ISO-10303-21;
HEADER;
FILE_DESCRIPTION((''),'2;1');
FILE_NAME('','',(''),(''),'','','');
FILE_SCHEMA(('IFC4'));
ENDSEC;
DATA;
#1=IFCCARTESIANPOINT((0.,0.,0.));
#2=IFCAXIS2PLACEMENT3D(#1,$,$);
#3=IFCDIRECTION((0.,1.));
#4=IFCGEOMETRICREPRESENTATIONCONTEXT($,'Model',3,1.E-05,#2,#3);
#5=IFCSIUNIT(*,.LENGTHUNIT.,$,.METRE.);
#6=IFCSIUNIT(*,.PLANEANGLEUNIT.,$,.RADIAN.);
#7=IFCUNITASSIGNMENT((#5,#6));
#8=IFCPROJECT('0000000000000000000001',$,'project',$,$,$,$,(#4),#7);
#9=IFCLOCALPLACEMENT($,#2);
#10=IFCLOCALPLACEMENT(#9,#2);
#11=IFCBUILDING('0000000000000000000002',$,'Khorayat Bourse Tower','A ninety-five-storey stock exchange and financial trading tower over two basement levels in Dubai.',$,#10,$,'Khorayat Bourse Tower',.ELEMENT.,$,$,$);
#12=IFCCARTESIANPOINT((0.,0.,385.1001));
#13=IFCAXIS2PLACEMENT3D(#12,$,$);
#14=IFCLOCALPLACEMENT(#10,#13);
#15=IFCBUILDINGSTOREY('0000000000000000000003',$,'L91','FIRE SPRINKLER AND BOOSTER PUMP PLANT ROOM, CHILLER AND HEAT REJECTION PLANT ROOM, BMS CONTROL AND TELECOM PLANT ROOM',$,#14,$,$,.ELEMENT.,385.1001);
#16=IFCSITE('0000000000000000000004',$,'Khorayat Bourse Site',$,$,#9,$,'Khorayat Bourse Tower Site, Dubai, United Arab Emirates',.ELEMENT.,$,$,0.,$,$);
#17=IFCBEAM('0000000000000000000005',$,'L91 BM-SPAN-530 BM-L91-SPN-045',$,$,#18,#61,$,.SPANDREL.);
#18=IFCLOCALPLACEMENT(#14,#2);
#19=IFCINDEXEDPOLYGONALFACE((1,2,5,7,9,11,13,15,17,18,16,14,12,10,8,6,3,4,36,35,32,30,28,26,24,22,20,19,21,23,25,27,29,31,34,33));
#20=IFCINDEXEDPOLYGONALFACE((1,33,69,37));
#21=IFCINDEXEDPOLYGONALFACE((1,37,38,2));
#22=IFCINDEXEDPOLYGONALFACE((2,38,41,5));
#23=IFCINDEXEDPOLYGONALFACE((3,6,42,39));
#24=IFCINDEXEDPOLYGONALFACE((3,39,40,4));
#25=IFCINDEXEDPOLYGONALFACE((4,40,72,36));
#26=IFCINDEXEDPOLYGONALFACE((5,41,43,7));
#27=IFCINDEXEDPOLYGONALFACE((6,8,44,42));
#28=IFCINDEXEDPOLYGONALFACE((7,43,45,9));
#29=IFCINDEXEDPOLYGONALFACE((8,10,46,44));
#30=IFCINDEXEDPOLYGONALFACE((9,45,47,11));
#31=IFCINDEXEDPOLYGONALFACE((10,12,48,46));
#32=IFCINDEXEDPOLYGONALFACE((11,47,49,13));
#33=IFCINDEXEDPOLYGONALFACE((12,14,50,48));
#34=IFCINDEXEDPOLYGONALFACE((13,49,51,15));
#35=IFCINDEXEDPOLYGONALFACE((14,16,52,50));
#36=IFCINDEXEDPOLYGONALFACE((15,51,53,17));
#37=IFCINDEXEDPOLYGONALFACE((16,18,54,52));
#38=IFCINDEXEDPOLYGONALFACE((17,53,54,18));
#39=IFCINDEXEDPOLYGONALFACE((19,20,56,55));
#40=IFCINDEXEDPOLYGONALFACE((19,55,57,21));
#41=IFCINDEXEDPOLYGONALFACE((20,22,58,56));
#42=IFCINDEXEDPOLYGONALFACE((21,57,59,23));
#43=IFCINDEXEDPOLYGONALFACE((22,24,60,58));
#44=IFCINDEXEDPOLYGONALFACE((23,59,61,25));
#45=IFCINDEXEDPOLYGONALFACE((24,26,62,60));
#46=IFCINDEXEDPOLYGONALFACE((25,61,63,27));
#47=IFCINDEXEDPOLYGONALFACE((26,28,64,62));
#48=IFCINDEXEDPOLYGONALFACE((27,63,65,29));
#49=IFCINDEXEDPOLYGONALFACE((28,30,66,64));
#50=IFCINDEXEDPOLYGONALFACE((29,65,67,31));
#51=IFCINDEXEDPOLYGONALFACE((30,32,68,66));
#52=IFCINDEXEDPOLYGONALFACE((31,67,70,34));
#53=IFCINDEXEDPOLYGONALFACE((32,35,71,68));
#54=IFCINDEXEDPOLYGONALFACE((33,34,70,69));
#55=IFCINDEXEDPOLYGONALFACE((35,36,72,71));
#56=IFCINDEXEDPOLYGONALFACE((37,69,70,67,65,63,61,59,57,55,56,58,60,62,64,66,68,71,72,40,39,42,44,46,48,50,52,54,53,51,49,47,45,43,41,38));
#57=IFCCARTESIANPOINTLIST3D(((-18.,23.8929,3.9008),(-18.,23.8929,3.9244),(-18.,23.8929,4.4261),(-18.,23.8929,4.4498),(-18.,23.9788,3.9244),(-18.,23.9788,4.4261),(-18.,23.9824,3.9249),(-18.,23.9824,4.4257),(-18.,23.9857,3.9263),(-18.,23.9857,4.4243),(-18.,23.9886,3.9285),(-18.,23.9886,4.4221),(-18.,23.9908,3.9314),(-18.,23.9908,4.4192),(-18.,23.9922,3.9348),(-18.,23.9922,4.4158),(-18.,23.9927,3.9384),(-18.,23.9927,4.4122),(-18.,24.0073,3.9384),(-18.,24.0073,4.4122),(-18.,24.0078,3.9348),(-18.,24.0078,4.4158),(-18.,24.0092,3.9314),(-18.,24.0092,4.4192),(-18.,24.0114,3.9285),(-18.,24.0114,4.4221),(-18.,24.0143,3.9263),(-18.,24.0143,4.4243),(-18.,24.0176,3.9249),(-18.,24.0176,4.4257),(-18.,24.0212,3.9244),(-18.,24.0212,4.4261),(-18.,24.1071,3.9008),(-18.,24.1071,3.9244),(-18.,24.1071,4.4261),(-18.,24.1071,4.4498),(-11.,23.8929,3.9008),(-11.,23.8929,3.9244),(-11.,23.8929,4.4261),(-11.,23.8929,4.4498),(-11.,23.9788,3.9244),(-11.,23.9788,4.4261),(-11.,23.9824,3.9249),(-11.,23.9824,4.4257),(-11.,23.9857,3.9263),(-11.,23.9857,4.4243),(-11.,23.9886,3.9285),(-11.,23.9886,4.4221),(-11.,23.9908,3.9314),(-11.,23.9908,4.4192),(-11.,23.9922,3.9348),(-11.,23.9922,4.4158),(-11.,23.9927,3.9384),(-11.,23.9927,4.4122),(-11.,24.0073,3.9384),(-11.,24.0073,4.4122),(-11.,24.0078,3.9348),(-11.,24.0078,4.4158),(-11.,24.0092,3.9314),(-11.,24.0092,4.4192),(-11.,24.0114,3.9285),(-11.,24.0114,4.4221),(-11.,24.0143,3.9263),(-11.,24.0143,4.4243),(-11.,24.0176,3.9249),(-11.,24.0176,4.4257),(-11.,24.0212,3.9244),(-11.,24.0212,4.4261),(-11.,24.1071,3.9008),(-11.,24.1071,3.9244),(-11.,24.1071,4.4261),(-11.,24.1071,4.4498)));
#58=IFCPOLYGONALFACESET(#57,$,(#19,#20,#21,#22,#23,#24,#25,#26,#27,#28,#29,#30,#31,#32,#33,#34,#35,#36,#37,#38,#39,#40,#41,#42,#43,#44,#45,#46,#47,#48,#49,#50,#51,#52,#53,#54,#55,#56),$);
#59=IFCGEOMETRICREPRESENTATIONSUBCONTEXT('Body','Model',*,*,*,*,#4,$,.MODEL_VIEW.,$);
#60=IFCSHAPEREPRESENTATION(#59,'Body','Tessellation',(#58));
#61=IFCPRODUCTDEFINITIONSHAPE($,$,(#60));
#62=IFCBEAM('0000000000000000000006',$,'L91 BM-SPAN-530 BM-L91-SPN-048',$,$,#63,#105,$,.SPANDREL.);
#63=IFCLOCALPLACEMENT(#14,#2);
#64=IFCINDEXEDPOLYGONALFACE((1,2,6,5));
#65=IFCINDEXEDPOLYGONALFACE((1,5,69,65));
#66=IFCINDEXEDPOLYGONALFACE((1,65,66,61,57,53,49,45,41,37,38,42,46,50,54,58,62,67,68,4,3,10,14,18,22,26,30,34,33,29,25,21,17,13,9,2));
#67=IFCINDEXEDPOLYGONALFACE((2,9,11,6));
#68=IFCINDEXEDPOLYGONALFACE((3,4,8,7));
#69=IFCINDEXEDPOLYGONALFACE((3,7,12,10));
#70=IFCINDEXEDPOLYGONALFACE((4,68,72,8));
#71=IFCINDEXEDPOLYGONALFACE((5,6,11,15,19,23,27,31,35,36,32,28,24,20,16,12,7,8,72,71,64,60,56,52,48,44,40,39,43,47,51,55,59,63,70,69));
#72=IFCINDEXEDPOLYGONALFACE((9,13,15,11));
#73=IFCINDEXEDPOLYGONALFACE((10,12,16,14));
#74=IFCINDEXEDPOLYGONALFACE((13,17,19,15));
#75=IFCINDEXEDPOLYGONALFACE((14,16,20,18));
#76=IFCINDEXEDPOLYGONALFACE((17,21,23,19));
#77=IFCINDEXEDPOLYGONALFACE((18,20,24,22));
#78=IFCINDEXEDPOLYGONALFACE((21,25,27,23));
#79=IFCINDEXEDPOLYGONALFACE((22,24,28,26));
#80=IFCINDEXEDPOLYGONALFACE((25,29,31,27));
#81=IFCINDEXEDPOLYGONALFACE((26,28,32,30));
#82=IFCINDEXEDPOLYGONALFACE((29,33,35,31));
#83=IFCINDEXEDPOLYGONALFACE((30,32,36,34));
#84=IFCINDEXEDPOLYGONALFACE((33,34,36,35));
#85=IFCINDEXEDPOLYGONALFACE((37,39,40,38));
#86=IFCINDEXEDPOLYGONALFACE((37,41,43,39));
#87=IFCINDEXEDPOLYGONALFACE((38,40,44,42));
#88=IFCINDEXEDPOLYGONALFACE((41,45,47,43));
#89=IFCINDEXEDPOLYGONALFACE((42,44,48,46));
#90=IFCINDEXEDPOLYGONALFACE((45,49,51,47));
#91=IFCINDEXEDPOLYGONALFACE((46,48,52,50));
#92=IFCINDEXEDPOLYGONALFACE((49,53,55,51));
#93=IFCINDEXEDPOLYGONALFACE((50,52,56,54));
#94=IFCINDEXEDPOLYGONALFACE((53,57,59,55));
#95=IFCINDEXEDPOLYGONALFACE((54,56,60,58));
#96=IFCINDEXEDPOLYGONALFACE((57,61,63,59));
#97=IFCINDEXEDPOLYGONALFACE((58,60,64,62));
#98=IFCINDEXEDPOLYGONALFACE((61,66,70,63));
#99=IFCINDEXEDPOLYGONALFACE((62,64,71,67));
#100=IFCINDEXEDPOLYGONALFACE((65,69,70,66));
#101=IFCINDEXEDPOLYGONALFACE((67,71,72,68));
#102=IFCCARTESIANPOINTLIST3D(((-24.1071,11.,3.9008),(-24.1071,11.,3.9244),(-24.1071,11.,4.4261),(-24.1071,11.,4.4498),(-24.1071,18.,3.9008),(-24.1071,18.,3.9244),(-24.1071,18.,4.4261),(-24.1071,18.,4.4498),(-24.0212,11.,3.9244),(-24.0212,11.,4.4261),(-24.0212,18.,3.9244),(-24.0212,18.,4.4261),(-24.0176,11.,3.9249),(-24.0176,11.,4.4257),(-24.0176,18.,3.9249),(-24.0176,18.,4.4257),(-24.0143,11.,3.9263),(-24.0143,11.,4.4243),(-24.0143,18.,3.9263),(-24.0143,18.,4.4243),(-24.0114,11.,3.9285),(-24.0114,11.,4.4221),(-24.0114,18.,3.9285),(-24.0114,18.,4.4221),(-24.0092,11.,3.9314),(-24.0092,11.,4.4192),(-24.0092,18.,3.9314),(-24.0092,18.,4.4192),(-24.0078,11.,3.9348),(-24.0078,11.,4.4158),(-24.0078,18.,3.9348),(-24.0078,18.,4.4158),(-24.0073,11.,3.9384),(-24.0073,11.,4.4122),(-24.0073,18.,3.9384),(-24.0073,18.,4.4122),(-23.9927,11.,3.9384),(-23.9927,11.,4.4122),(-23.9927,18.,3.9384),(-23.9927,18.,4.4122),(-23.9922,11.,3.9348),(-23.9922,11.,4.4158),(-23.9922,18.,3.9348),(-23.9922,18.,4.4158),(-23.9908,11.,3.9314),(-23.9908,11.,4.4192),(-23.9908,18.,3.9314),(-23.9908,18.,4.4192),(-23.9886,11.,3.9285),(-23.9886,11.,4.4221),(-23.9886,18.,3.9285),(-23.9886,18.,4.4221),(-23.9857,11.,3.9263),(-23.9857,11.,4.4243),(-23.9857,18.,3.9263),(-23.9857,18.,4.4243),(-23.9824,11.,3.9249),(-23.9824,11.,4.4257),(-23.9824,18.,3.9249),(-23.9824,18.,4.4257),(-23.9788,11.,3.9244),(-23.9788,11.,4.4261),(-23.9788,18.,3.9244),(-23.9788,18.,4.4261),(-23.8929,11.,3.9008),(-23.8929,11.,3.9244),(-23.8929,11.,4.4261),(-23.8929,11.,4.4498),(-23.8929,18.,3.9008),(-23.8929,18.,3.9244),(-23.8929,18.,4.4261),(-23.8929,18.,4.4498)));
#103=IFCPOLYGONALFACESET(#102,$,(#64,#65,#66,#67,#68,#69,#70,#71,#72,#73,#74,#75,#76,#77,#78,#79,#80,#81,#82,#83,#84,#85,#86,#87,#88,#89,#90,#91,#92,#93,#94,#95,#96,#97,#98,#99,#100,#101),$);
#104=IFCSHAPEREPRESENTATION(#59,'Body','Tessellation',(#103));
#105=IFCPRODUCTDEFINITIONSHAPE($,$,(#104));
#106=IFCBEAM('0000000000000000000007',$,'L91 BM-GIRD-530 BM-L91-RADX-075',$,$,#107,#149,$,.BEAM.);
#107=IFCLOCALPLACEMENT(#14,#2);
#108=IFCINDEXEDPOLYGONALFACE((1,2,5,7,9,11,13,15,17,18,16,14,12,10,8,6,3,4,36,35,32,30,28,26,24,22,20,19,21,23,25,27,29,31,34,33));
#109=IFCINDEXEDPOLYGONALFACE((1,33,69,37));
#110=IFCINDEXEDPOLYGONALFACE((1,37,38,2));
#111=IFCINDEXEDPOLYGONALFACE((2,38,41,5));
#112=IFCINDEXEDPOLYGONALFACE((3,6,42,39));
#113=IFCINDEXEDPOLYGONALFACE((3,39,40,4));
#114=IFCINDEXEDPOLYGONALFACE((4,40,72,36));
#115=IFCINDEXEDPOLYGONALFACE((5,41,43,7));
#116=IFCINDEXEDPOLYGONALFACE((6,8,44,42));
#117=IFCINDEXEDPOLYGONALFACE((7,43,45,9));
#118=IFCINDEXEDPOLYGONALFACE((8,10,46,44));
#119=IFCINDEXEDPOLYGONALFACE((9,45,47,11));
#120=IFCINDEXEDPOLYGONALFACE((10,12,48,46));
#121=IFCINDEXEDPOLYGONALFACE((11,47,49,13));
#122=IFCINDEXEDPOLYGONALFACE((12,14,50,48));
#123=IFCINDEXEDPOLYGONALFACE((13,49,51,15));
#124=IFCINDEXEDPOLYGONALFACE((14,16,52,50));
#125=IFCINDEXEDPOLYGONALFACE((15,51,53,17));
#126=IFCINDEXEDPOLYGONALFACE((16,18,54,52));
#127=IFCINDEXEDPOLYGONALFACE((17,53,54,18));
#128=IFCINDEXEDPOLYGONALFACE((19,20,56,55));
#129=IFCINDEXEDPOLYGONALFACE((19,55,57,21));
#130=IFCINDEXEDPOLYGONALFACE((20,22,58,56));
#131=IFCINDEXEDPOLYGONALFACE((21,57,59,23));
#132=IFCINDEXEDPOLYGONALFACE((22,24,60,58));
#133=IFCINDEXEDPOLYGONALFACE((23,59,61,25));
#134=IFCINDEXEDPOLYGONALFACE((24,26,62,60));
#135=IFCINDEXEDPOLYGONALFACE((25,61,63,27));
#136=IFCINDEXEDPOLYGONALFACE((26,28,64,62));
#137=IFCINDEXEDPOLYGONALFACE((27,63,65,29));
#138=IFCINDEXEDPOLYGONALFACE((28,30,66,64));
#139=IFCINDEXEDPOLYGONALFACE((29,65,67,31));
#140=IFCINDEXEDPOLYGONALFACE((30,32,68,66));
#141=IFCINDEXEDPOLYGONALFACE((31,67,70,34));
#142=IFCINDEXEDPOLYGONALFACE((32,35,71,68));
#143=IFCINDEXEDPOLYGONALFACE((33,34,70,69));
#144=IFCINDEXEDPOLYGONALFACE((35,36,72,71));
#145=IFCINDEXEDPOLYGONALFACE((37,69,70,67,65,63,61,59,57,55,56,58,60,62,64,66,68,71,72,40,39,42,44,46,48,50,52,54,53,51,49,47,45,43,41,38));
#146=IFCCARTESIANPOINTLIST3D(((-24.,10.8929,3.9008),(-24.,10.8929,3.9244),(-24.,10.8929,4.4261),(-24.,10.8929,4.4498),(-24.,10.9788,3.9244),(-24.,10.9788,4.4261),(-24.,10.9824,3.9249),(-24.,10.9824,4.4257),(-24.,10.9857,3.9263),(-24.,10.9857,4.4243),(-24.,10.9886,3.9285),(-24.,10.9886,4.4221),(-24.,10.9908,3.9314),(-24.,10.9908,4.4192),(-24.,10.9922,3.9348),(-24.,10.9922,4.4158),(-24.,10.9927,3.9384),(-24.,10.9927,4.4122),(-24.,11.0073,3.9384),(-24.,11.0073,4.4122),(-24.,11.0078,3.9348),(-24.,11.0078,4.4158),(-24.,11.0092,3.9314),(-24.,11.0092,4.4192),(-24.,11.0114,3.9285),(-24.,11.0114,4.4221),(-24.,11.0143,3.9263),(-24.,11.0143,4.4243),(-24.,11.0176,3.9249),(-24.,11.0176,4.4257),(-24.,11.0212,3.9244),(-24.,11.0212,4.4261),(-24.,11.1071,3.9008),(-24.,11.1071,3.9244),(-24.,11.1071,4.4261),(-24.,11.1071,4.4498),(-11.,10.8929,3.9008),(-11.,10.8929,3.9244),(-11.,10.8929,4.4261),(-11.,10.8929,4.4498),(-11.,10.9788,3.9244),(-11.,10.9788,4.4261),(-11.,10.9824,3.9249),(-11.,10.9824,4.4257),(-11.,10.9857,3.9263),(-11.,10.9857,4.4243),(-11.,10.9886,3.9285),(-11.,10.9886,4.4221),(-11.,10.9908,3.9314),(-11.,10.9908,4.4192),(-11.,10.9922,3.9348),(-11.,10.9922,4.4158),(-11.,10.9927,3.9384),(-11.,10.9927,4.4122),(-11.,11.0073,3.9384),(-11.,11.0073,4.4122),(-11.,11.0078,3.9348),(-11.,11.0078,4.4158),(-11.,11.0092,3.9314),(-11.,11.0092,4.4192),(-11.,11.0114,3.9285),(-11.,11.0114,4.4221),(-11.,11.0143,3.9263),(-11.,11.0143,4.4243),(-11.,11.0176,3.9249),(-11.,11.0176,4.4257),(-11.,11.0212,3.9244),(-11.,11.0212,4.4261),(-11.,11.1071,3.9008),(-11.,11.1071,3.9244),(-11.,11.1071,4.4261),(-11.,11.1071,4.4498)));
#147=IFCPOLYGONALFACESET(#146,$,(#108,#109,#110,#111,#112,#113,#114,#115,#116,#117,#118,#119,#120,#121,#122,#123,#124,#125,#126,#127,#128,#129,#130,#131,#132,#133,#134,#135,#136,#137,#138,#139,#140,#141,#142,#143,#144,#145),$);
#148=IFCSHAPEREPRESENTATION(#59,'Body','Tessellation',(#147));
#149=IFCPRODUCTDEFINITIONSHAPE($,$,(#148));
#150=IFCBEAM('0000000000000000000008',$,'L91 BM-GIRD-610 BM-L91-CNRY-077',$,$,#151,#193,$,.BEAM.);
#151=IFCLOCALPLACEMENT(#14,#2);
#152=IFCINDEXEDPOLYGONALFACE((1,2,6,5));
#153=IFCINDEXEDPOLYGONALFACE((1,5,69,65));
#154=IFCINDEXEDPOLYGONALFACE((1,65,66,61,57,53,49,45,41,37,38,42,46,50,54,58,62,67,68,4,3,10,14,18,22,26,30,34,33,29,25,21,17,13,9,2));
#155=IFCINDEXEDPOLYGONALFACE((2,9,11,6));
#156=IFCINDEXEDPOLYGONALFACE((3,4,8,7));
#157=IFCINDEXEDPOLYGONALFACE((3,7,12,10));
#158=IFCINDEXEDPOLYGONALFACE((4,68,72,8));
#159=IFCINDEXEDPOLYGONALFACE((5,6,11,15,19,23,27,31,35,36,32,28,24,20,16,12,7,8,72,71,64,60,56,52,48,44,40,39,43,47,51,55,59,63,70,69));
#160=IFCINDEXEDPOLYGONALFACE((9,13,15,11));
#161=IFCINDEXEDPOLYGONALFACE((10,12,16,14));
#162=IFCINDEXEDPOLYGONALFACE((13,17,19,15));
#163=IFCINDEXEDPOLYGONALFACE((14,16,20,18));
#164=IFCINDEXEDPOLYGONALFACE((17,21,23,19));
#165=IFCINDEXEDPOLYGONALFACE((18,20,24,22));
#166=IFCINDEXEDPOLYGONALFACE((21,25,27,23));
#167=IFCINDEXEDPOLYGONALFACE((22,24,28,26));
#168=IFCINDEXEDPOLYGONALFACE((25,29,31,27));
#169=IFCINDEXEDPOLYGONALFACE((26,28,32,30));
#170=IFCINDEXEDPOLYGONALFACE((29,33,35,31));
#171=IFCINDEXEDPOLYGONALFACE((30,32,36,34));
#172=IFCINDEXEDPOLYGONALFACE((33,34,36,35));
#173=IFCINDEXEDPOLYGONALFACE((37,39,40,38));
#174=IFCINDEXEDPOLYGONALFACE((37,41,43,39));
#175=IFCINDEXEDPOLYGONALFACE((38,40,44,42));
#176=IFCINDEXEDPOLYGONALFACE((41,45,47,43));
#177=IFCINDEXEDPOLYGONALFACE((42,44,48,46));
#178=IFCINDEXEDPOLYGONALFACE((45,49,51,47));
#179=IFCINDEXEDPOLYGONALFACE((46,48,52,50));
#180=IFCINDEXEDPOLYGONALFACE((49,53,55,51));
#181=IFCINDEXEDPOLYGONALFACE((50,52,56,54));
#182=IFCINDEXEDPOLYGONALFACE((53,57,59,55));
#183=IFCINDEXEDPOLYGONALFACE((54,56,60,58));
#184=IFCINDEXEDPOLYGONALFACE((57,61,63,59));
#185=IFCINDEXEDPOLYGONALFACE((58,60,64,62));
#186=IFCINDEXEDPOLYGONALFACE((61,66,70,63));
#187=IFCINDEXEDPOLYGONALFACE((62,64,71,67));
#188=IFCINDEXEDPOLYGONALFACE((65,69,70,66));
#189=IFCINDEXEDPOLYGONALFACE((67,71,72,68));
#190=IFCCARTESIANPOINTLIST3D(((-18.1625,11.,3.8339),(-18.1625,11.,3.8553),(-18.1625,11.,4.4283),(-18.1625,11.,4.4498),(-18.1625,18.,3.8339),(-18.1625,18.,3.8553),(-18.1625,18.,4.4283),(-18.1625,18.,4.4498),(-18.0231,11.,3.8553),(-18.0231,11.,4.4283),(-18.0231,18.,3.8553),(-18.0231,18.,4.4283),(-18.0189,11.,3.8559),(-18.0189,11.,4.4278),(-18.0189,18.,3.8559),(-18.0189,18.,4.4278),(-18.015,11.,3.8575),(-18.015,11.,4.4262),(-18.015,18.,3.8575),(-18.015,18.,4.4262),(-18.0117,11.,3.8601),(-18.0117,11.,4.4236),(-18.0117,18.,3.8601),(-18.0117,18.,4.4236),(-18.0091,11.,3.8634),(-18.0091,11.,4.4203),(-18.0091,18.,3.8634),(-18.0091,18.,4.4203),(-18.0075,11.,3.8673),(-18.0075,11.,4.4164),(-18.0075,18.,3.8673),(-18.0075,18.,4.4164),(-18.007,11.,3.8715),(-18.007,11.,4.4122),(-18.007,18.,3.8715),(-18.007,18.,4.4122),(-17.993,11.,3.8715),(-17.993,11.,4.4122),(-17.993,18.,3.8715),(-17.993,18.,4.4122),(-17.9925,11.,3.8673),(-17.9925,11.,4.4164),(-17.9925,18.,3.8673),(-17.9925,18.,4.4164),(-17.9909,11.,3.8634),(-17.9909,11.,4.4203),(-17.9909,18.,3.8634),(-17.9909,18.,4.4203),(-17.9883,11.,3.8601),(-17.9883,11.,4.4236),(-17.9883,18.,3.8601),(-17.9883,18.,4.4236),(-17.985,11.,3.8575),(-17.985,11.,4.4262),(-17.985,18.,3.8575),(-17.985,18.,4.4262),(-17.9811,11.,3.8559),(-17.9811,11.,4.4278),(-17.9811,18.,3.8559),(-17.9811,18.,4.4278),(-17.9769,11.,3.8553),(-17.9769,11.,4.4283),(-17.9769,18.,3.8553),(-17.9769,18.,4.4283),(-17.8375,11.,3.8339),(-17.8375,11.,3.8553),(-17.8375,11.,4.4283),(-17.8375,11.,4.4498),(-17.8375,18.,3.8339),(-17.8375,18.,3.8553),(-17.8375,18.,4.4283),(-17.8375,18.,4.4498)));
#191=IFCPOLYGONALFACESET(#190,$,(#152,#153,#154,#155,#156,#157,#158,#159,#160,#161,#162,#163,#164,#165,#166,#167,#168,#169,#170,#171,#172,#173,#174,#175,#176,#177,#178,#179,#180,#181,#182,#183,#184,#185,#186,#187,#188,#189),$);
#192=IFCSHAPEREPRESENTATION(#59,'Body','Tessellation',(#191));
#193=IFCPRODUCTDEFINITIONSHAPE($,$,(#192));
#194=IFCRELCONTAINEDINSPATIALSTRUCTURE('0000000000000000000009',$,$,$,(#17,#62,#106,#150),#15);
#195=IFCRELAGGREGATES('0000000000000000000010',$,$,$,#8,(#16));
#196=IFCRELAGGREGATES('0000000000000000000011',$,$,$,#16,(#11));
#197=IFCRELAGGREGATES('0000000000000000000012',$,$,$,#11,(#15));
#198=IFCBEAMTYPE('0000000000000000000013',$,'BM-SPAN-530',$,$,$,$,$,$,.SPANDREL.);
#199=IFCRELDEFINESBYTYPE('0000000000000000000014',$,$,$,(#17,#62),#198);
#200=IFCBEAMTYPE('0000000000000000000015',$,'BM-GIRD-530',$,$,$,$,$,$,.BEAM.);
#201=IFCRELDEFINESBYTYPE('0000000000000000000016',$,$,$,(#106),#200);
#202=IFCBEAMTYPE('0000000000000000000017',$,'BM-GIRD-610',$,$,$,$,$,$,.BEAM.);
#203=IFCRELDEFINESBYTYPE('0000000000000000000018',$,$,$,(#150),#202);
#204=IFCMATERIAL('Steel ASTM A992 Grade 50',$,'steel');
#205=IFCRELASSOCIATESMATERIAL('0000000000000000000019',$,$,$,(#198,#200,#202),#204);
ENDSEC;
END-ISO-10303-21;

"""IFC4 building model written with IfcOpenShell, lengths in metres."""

from ifc_helpers import new_model, si_unit, direction, frame, origin, origin_2d, place, context, subcontext, project, spatial, i_section, extrude, source, transform, mapped, material, material_profile, profile_set, type_object, element, save


model = new_model("IFC4")

# Units and contexts
model_context = context("Model", 3, precision=1e-05, world=origin(), true_north=direction((0.0, 1.0)))
body_context = subcontext(model_context, "Body", "Model", "MODEL_VIEW")
ifc_project = project(units=[si_unit("LENGTHUNIT", "METRE"), si_unit("PLANEANGLEUNIT", "RADIAN")], contexts=[model_context])

# Site, building, storey
site_placement = place(None, origin())
site = spatial("IfcSite", under=ifc_project, at=site_placement, Name="Khorayat Bourse Site", LongName="Khorayat Bourse Tower Site, Dubai, United Arab Emirates", CompositionType="ELEMENT", RefElevation=0.0)
building_placement = place(site_placement, origin())
building = spatial("IfcBuilding", under=site, at=building_placement, Name="Khorayat Bourse Tower", Description="A ninety-five-storey stock exchange and financial trading tower over two basement levels in Dubai.", LongName="Khorayat Bourse Tower", CompositionType="ELEMENT")
storey_placement = place(building_placement, frame((0.0, 0.0, 385.1001)))
storey = spatial("IfcBuildingStorey", under=building, at=storey_placement, Name="L91", Description="FIRE SPRINKLER AND BOOSTER PUMP PLANT ROOM, CHILLER AND HEAT REJECTION PLANT ROOM, BMS CONTROL AND TELECOM PLANT ROOM", CompositionType="ELEMENT", Elevation=385.1001)

# Beams
ifc_material_1 = material(Name="Steel ASTM A992 Grade 50", Category="steel")
ifc_material_profile_1 = material_profile(ifc_material_1, i_section(OverallWidth=0.2141, OverallDepth=0.5491, WebThickness=0.0146, FlangeThickness=0.0237, FilletRadius=0.0139, at=origin_2d()), Name="W530X138")
ifc_profile_set_1 = profile_set([ifc_material_profile_1], Name="Steel ASTM A992 Grade 50")
beam_type_1 = type_object("IfcBeamType", Name="BM-SPAN-530", PredefinedType="SPANDREL", material=ifc_profile_set_1)
shared_shape_1 = source(origin(), body_context, "Body", "SweptSolid", [
    extrude(i_section(OverallWidth=0.2141, OverallDepth=0.5491, WebThickness=0.0146, FlangeThickness=0.0237, FilletRadius=0.0139, at=origin_2d()), origin(), (0.0, 0.0, 1.0), 7.0),
])
for number, where, z_axis, x_axis, name in (
    (1, (-18.0, 24.0, 4.1753), (1.0, 0.0, 0.0), (0.0, 1.0, 0.0), "L91 BM-SPAN-530 BM-L91-SPN-045"),
    (2, (-24.0, 11.0, 4.1753), (0.0, 1.0, 0.0), (-1.0, 0.0, 0.0), "L91 BM-SPAN-530 BM-L91-SPN-048"),
):
    element("IfcBeam", number, at=place(storey_placement, frame(where, z_axis=z_axis, x_axis=x_axis)), inside=storey, type_object=beam_type_1, Name=name, PredefinedType="SPANDREL", context=body_context, shape_type="MappedRepresentation", body=[
        mapped(shared_shape_1, transform((0.0, 0.0, 0.0), scale=1.0)),
    ])
ifc_material_profile_2 = material_profile(ifc_material_1, i_section(OverallWidth=0.2141, OverallDepth=0.5491, WebThickness=0.0146, FlangeThickness=0.0237, FilletRadius=0.0139, at=origin_2d()), Name="W530X138")
ifc_profile_set_2 = profile_set([ifc_material_profile_2], Name="Steel ASTM A992 Grade 50")
beam_type_2 = type_object("IfcBeamType", Name="BM-GIRD-530", PredefinedType="BEAM", material=ifc_profile_set_2)
shared_shape_2 = source(origin(), body_context, "Body", "SweptSolid", [
    extrude(i_section(OverallWidth=0.2141, OverallDepth=0.5491, WebThickness=0.0146, FlangeThickness=0.0237, FilletRadius=0.0139, at=origin_2d()), origin(), (0.0, 0.0, 1.0), 13.0),
])
beam_1_placement = place(storey_placement, frame((-24.0, 11.0, 4.1753), z_axis=(1.0, 0.0, 0.0), x_axis=(0.0, 1.0, 0.0)))
element("IfcBeam", 3, at=beam_1_placement, inside=storey, type_object=beam_type_2, Name="L91 BM-GIRD-530 BM-L91-RADX-075", PredefinedType="BEAM", context=body_context, shape_type="MappedRepresentation", body=[
    mapped(shared_shape_2, transform((0.0, 0.0, 0.0), scale=1.0)),
])
ifc_material_profile_3 = material_profile(ifc_material_1, i_section(OverallWidth=0.325, OverallDepth=0.616, WebThickness=0.0139, FlangeThickness=0.0215, FilletRadius=0.0161, at=origin_2d()), Name="W610X174")
ifc_profile_set_3 = profile_set([ifc_material_profile_3], Name="Steel ASTM A992 Grade 50")
beam_type_3 = type_object("IfcBeamType", Name="BM-GIRD-610", PredefinedType="BEAM", material=ifc_profile_set_3)
shared_shape_3 = source(origin(), body_context, "Body", "SweptSolid", [
    extrude(i_section(OverallWidth=0.325, OverallDepth=0.616, WebThickness=0.0139, FlangeThickness=0.0215, FilletRadius=0.0161, at=origin_2d()), origin(), (0.0, 0.0, 1.0), 7.0),
])
for number, where, z_axis, x_axis, name in (
    (4, (-18.0, 11.0, 4.1418), (0.0, 1.0, 0.0), (-1.0, 0.0, 0.0), "L91 BM-GIRD-610 BM-L91-CNRY-077"),
):
    element("IfcBeam", number, at=place(storey_placement, frame(where, z_axis=z_axis, x_axis=x_axis)), inside=storey, type_object=beam_type_3, Name=name, PredefinedType="BEAM", context=body_context, shape_type="MappedRepresentation", body=[
        mapped(shared_shape_3, transform((0.0, 0.0, 0.0), scale=1.0)),
    ])

save(model, "model.ifc")
